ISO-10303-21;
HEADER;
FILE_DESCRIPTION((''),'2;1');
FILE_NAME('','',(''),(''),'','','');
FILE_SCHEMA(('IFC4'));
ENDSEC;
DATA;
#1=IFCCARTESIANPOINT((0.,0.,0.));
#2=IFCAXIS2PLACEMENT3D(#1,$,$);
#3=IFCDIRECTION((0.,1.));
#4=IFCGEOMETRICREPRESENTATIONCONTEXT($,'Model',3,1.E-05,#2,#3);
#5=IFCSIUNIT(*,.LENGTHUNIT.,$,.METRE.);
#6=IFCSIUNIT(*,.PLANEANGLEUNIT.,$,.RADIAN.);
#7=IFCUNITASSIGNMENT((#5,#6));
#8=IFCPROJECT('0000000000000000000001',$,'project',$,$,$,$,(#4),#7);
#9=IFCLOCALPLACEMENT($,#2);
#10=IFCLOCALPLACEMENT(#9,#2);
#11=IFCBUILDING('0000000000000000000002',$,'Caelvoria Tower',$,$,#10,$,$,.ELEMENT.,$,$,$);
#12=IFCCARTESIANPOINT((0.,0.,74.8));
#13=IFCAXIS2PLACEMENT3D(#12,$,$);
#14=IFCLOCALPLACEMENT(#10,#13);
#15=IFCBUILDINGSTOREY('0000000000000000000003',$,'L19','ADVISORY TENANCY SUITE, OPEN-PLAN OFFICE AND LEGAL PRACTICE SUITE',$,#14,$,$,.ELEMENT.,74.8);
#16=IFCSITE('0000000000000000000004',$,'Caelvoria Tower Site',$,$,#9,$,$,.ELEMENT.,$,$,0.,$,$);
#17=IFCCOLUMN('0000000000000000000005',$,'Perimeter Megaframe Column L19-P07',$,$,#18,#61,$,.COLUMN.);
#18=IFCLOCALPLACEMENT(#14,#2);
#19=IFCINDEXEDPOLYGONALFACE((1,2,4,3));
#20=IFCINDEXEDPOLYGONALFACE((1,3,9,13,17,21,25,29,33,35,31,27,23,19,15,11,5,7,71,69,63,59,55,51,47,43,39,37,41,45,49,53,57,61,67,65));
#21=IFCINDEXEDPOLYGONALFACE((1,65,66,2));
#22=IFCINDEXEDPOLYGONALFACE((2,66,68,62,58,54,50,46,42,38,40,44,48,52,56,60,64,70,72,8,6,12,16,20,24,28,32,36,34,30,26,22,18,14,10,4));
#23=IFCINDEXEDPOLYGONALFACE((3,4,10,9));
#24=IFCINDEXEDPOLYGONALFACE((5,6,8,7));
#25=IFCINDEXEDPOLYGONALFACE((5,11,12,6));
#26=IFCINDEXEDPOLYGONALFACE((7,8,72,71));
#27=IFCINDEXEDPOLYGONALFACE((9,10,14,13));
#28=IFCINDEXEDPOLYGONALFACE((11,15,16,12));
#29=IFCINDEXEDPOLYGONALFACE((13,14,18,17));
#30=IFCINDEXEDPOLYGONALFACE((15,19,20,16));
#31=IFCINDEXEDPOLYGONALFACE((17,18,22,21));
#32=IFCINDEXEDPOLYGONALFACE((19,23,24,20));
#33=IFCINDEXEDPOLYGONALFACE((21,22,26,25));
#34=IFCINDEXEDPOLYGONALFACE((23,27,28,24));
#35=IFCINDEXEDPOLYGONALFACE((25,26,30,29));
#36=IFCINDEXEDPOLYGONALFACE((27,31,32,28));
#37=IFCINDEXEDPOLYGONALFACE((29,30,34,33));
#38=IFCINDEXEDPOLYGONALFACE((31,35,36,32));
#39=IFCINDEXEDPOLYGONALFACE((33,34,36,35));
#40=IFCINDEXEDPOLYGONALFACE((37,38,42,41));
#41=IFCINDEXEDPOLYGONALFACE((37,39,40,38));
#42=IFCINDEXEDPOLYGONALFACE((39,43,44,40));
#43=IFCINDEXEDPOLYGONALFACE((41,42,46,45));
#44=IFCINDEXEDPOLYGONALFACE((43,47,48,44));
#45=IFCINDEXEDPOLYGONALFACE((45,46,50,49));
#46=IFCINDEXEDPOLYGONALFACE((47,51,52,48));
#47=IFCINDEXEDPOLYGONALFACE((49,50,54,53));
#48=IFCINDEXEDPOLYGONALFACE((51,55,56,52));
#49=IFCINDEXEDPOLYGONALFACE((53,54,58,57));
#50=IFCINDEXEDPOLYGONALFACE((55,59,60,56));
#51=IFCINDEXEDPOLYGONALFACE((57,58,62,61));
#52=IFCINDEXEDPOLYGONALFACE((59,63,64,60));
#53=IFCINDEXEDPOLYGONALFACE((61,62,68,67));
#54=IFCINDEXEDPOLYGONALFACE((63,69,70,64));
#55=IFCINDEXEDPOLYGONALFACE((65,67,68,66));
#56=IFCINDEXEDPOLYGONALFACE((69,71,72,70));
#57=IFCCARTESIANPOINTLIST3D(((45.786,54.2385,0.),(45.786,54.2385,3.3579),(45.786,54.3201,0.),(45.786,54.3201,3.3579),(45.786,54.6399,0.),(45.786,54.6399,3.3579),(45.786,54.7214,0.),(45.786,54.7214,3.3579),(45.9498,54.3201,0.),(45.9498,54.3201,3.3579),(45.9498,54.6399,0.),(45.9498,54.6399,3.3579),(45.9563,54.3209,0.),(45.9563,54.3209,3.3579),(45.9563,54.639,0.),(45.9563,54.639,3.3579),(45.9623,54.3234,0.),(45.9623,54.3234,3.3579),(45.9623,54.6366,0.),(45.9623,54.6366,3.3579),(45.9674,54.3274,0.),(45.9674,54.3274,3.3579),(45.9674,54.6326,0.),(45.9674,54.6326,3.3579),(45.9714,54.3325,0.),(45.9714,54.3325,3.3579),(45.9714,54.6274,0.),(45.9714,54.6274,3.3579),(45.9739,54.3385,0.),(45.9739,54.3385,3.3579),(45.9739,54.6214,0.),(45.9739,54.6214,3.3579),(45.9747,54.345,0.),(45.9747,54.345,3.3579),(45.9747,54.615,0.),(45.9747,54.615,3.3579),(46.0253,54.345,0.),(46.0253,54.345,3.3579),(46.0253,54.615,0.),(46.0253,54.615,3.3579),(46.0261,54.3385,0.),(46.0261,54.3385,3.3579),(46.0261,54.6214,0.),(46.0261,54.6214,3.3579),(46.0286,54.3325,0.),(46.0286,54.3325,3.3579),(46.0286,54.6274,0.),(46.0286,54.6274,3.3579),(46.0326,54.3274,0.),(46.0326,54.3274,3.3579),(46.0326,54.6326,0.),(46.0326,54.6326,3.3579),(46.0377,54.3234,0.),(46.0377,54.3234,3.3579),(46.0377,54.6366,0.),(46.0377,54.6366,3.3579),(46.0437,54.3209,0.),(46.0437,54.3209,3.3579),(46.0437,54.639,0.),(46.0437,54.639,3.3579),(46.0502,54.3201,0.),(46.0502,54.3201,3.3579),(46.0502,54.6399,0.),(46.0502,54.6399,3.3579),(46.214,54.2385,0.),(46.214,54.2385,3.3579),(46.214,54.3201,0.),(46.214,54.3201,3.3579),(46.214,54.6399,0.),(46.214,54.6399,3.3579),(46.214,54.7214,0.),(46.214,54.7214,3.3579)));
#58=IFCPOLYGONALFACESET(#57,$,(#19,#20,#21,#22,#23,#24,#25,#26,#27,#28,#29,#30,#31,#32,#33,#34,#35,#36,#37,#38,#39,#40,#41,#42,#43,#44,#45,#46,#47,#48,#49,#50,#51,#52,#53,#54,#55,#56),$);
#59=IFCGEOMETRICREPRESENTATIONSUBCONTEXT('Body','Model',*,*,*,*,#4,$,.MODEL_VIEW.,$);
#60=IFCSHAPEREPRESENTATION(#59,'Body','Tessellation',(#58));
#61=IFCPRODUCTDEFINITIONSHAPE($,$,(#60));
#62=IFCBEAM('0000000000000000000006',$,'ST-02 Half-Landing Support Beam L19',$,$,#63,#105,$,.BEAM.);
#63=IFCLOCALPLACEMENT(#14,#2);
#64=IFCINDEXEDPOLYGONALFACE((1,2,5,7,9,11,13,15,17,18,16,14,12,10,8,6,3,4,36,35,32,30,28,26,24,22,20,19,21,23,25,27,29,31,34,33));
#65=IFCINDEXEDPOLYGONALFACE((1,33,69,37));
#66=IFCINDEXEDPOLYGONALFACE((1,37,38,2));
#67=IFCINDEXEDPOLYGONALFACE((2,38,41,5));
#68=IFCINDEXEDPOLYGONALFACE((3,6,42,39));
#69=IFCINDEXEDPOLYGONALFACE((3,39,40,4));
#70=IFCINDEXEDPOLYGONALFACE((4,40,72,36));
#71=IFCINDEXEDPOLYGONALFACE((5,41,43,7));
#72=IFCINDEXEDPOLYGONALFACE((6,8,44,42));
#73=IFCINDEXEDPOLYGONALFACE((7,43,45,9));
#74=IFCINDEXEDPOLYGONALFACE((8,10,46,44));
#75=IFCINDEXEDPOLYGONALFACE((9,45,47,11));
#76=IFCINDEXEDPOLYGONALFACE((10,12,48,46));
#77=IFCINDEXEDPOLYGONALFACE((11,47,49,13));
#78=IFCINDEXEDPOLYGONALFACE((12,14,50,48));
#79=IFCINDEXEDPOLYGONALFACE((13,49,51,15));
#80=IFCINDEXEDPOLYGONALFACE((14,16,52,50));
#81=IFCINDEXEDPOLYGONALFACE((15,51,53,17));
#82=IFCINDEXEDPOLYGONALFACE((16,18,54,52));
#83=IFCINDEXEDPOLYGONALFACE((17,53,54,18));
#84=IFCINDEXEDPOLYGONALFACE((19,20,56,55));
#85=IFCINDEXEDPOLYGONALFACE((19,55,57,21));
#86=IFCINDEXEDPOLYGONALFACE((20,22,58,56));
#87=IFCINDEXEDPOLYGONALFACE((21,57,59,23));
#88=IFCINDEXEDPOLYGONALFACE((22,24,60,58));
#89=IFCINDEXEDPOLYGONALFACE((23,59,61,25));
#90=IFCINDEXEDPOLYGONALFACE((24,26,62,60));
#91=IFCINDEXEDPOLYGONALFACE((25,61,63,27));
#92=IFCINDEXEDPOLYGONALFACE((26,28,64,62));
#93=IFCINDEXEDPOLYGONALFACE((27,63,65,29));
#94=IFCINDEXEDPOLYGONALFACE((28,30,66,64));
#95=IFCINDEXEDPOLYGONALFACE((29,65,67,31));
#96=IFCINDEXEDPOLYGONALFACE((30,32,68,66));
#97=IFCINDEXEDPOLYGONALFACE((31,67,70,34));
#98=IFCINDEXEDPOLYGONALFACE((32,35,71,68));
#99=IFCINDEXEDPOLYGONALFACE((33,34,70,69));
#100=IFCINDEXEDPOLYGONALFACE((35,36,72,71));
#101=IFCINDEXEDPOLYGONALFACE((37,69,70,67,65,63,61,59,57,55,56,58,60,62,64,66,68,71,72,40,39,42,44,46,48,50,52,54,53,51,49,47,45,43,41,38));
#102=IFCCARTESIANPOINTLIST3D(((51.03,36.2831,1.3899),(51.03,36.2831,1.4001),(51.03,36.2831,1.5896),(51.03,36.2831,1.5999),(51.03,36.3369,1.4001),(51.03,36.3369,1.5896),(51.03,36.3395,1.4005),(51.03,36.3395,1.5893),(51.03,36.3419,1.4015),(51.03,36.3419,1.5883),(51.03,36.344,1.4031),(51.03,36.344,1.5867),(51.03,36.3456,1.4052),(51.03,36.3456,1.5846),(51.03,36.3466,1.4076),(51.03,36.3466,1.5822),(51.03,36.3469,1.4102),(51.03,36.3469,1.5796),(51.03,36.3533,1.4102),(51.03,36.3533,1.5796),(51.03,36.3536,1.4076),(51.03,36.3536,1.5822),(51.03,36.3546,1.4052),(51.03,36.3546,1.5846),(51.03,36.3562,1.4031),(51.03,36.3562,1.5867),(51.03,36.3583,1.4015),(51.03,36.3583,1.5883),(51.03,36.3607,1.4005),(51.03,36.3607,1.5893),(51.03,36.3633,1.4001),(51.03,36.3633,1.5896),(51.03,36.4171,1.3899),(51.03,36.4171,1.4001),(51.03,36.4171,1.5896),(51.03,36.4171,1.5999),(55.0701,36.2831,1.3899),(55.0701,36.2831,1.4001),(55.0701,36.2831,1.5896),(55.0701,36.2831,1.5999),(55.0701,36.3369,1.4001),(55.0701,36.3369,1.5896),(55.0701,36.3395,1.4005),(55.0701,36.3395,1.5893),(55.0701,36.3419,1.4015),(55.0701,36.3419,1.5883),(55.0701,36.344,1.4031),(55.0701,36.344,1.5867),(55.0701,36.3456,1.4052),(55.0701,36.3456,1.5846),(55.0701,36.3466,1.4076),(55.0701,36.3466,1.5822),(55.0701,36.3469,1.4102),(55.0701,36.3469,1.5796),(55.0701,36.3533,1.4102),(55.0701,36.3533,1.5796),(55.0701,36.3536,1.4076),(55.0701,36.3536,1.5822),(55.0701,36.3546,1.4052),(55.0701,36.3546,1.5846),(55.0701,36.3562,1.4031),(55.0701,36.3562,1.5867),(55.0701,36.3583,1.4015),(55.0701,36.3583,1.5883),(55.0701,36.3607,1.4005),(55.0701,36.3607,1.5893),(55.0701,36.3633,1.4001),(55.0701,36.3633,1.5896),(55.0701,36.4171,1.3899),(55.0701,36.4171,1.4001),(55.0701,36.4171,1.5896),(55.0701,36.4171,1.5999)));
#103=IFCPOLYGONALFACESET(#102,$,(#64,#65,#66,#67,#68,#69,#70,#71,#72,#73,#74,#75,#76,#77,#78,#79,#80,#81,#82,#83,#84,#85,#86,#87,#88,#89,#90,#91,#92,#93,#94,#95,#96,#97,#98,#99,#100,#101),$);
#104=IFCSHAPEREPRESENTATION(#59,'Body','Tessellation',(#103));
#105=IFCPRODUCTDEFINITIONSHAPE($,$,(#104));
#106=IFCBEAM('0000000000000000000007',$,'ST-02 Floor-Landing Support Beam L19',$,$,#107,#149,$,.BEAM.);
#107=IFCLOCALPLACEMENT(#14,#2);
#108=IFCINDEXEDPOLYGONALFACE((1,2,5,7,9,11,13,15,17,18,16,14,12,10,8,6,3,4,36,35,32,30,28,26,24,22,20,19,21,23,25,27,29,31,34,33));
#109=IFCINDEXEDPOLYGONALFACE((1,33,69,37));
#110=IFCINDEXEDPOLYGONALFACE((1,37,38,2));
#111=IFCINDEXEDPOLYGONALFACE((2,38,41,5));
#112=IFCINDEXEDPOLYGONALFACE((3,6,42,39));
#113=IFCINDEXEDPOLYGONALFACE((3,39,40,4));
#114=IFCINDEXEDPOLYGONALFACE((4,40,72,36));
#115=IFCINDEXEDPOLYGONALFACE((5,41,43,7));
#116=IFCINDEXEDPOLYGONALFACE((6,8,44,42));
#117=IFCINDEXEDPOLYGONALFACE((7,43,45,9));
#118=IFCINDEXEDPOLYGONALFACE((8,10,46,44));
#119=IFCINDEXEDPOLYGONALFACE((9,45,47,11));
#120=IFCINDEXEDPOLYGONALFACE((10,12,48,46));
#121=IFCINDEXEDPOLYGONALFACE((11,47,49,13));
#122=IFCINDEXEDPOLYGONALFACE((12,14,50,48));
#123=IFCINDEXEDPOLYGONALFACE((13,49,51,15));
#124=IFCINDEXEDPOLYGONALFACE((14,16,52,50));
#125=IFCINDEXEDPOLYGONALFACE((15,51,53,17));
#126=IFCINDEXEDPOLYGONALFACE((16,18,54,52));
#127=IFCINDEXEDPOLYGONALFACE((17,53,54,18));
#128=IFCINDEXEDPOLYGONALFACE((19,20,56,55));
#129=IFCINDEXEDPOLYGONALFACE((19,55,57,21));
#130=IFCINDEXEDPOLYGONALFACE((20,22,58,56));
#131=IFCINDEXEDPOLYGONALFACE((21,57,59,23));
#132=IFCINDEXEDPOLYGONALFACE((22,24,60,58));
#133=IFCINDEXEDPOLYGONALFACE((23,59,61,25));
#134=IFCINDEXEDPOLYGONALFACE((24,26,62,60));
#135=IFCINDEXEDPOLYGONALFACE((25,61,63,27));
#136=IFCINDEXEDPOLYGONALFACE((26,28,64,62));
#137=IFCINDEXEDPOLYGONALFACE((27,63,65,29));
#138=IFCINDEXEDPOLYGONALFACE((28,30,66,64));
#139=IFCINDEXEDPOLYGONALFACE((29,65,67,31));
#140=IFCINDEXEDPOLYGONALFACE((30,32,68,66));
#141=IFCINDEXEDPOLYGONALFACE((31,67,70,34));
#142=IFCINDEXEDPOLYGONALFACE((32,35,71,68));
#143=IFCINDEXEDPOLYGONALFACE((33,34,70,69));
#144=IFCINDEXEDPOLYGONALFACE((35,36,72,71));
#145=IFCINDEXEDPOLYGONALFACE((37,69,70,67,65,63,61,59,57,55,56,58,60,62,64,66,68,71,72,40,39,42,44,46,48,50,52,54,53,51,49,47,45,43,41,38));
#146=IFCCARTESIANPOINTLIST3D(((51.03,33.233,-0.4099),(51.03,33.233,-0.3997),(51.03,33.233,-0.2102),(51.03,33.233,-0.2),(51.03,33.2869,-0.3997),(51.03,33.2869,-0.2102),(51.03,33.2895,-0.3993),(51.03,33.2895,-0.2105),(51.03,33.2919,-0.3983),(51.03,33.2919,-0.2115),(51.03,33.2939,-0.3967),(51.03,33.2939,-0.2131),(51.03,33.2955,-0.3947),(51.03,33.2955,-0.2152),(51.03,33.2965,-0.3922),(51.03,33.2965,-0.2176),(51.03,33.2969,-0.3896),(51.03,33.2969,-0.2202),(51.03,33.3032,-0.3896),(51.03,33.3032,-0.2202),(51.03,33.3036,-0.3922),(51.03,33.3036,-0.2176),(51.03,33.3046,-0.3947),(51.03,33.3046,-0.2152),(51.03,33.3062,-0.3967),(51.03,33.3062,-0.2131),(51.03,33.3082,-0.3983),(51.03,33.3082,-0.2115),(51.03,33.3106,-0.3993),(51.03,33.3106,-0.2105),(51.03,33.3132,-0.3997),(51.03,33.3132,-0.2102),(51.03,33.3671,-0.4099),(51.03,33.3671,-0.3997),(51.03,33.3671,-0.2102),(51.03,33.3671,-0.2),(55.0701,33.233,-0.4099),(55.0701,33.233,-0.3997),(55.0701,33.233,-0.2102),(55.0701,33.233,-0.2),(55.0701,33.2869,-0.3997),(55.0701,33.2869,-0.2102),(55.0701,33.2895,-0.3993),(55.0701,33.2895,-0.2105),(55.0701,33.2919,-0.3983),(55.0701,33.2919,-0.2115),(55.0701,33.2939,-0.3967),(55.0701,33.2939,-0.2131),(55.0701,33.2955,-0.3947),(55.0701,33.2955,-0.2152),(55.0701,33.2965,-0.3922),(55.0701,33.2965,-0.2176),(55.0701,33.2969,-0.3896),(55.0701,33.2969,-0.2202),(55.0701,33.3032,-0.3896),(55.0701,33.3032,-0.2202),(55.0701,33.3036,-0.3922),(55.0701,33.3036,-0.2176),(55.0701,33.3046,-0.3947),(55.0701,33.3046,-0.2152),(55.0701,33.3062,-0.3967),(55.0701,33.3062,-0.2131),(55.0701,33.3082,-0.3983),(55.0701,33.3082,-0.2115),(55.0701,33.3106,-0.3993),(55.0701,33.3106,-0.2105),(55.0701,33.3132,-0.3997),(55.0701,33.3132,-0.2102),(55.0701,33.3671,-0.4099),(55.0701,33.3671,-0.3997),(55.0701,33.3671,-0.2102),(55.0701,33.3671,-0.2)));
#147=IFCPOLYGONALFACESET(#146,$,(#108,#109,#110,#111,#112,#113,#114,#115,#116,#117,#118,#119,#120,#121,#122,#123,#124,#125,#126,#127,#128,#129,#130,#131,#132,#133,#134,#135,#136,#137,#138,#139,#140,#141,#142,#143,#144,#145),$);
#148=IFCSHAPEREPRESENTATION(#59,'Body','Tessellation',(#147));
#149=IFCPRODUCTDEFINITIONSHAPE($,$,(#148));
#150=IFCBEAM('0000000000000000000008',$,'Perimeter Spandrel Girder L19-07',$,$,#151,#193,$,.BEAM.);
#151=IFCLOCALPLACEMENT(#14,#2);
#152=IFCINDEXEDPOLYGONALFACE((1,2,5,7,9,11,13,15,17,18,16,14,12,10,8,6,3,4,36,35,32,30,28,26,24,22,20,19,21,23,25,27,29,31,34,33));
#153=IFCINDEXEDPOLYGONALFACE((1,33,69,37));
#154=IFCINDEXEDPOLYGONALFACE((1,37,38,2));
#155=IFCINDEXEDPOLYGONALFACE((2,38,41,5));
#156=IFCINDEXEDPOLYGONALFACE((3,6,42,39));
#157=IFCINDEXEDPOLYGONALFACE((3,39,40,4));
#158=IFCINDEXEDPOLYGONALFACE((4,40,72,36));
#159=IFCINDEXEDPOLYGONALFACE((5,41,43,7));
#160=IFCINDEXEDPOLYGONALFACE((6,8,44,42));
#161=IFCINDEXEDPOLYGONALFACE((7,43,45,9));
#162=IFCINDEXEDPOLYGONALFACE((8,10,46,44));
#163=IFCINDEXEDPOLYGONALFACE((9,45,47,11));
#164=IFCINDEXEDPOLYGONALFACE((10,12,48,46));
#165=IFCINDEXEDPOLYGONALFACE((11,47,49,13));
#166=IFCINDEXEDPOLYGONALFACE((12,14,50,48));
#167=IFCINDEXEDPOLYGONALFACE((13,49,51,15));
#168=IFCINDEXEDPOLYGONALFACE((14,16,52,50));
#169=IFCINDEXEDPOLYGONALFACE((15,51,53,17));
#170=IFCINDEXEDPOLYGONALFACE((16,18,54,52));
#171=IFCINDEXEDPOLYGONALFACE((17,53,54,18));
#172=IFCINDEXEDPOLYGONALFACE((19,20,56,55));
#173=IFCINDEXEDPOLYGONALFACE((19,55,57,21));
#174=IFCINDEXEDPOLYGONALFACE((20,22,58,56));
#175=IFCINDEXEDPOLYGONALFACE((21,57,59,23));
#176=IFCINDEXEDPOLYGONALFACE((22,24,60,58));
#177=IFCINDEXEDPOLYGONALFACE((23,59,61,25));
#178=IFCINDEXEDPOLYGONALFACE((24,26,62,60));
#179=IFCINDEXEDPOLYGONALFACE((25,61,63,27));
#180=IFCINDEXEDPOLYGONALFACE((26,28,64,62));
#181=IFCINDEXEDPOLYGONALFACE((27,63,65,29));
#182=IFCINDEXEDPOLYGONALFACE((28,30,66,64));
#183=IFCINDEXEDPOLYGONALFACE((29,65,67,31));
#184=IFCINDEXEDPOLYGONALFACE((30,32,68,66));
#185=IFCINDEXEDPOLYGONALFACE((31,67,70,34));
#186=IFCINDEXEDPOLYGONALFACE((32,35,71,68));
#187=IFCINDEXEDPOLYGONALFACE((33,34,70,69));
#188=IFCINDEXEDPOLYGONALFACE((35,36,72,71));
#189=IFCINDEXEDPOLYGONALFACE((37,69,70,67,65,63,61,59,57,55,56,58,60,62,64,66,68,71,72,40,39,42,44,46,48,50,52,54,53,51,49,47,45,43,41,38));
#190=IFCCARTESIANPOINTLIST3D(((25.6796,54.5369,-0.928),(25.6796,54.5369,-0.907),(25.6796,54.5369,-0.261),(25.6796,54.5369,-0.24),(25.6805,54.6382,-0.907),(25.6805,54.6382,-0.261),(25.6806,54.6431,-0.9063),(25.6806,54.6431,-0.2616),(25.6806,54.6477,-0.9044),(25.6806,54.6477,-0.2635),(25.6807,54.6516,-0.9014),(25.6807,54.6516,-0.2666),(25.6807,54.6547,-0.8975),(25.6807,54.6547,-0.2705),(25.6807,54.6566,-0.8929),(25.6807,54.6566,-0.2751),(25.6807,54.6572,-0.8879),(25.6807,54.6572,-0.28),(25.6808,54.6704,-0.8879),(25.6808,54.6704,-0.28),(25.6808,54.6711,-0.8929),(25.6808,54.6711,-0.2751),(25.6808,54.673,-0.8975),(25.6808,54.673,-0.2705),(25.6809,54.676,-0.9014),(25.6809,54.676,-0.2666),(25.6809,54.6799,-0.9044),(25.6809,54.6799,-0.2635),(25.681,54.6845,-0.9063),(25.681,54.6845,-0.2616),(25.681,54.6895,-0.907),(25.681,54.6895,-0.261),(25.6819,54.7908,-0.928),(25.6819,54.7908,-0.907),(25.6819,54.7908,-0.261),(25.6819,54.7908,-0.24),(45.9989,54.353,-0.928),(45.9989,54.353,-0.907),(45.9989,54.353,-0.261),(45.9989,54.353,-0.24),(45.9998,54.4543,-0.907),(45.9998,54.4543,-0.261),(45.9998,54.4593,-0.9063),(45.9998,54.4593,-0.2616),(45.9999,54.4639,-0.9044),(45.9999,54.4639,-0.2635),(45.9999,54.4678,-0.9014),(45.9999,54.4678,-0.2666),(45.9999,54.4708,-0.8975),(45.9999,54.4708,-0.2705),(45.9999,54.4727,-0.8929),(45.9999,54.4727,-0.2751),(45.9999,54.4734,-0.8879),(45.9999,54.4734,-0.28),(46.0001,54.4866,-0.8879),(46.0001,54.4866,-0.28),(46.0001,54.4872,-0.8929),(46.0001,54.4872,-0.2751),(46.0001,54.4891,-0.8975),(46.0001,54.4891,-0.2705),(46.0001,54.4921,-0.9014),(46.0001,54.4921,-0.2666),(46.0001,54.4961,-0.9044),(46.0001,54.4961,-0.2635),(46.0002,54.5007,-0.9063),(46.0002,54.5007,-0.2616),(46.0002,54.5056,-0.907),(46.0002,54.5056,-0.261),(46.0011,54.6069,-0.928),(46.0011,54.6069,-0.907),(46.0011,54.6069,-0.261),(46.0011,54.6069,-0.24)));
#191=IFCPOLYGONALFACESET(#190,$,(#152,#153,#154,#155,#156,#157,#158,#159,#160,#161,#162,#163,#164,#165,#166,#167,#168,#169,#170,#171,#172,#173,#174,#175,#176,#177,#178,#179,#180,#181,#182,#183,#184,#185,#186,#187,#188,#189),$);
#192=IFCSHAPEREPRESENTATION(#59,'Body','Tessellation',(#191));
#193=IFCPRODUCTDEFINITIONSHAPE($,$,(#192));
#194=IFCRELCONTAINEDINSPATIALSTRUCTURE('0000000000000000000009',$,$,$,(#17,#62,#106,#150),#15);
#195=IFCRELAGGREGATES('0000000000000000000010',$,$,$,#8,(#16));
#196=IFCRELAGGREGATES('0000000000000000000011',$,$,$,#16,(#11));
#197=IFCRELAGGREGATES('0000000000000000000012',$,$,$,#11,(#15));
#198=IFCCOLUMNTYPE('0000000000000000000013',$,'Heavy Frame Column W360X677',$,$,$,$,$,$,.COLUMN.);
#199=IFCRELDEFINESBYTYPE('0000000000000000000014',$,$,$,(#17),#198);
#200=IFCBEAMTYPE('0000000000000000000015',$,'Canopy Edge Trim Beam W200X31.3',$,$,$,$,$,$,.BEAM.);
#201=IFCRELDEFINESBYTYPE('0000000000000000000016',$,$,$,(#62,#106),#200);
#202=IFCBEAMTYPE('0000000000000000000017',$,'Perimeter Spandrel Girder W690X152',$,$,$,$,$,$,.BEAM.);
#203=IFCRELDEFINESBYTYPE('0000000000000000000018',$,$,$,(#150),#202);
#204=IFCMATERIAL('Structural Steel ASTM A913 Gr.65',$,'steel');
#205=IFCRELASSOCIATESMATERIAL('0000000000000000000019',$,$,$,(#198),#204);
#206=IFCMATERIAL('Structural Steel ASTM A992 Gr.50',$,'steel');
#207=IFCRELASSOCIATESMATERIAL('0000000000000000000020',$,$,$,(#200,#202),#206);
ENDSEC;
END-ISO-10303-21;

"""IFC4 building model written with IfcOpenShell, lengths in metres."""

from ifc_helpers import new_model, si_unit, direction, frame, origin, origin_2d, place, context, subcontext, project, spatial, i_section, extrude, material, material_profile, profile_set, type_object, element, save


model = new_model("IFC4")

# Units and contexts
model_context = context("Model", 3, precision=1e-05, world=origin(), true_north=direction((0.0, 1.0)))
body_context = subcontext(model_context, "Body", "Model", "MODEL_VIEW")
ifc_project = project(units=[si_unit("LENGTHUNIT", "METRE"), si_unit("PLANEANGLEUNIT", "RADIAN")], contexts=[model_context])

# Site, building, storey
site_placement = place(None, origin())
site = spatial("IfcSite", under=ifc_project, at=site_placement, Name="Caelvoria Tower Site", CompositionType="ELEMENT", RefElevation=0.0)
building_placement = place(site_placement, origin())
building = spatial("IfcBuilding", under=site, at=building_placement, Name="Caelvoria Tower", CompositionType="ELEMENT")
storey_placement = place(building_placement, frame((0.0, 0.0, 74.8)))
storey = spatial("IfcBuildingStorey", under=building, at=storey_placement, Name="L19", Description="ADVISORY TENANCY SUITE, OPEN-PLAN OFFICE AND LEGAL PRACTICE SUITE", CompositionType="ELEMENT", Elevation=74.8)

# Column
ifc_material_1 = material(Name="Structural Steel ASTM A913 Gr.65", Category="steel")
ifc_material_profile_1 = material_profile(ifc_material_1, i_section(OverallWidth=0.428, OverallDepth=0.4829, WebThickness=0.0505, FlangeThickness=0.0815, FilletRadius=0.0249, at=origin_2d()), Name="Structural Steel ASTM A913 Gr.65")
ifc_profile_set_1 = profile_set([ifc_material_profile_1], Name="W360X677 - Structural Steel ASTM A913 Gr.65")
column_type = type_object("IfcColumnType", Name="Heavy Frame Column W360X677", PredefinedType="COLUMN", material=ifc_profile_set_1)
column_placement = place(storey_placement, frame((46.0, 54.48, 0.0), z_axis=(0.0, 0.0, 1.0), x_axis=(1.0, 0.0, 0.0)))
element("IfcColumn", 1, at=column_placement, inside=storey, type_object=column_type, Name="Perimeter Megaframe Column L19-P07", PredefinedType="COLUMN", context=body_context, shape_type="SweptSolid", body=[
    extrude(i_section(OverallWidth=0.428, OverallDepth=0.4829, WebThickness=0.0505, FlangeThickness=0.0815, FilletRadius=0.0249, at=origin_2d()), origin(), (0.0, 0.0, 1.0), 3.3579),
])

# Beams
ifc_material_2 = material(Name="Structural Steel ASTM A992 Gr.50", Category="steel")
ifc_material_profile_2 = material_profile(ifc_material_2, i_section(OverallWidth=0.134, OverallDepth=0.21, WebThickness=0.0063, FlangeThickness=0.0103, FilletRadius=0.01, at=origin_2d()), Name="Structural Steel ASTM A992 Gr.50")
ifc_profile_set_2 = profile_set([ifc_material_profile_2], Name="W200X31.3 - Structural Steel ASTM A992 Gr.50")
beam_type_1 = type_object("IfcBeamType", Name="Canopy Edge Trim Beam W200X31.3", PredefinedType="BEAM", material=ifc_profile_set_2)
for number, where, z_axis, x_axis, name in (
    (2, (51.03, 36.3501, 1.4949), (1.0, 0.0, 0.0), (0.0, 1.0, 0.0), "ST-02 Half-Landing Support Beam L19"),
    (3, (51.03, 33.3, -0.3049), (1.0, 0.0, 0.0), (0.0, 1.0, 0.0), "ST-02 Floor-Landing Support Beam L19"),
):
    element("IfcBeam", number, at=place(storey_placement, frame(where, z_axis=z_axis, x_axis=x_axis)), inside=storey, type_object=beam_type_1, Name=name, PredefinedType="BEAM", context=body_context, shape_type="SweptSolid", body=[
        extrude(i_section(OverallWidth=0.134, OverallDepth=0.21, WebThickness=0.0063, FlangeThickness=0.0103, FilletRadius=0.01, at=origin_2d()), origin(), (0.0, 0.0, 1.0), 4.04),
    ])
ifc_material_profile_3 = material_profile(ifc_material_2, i_section(OverallWidth=0.2539, OverallDepth=0.688, WebThickness=0.0132, FlangeThickness=0.021, FilletRadius=0.019, at=origin_2d()), Name="Structural Steel ASTM A992 Gr.50")
ifc_profile_set_3 = profile_set([ifc_material_profile_3], Name="W690X152 - Structural Steel ASTM A992 Gr.50")
beam_type_2 = type_object("IfcBeamType", Name="Perimeter Spandrel Girder W690X152", PredefinedType="BEAM", material=ifc_profile_set_3)
beam_1_placement = place(storey_placement, frame((46.0, 54.48, -0.584), z_axis=(-0.999959, 0.009047, 0.0), x_axis=(-0.009047, -0.999959, 0.0)))
element("IfcBeam", 4, at=beam_1_placement, inside=storey, type_object=beam_type_2, Name="Perimeter Spandrel Girder L19-07", PredefinedType="BEAM", context=body_context, shape_type="SweptSolid", body=[
    extrude(i_section(OverallWidth=0.2539, OverallDepth=0.688, WebThickness=0.0132, FlangeThickness=0.021, FilletRadius=0.019, at=origin_2d()), origin(), (0.0, 0.0, 1.0), 20.3201),
])

save(model, "model.ifc")
